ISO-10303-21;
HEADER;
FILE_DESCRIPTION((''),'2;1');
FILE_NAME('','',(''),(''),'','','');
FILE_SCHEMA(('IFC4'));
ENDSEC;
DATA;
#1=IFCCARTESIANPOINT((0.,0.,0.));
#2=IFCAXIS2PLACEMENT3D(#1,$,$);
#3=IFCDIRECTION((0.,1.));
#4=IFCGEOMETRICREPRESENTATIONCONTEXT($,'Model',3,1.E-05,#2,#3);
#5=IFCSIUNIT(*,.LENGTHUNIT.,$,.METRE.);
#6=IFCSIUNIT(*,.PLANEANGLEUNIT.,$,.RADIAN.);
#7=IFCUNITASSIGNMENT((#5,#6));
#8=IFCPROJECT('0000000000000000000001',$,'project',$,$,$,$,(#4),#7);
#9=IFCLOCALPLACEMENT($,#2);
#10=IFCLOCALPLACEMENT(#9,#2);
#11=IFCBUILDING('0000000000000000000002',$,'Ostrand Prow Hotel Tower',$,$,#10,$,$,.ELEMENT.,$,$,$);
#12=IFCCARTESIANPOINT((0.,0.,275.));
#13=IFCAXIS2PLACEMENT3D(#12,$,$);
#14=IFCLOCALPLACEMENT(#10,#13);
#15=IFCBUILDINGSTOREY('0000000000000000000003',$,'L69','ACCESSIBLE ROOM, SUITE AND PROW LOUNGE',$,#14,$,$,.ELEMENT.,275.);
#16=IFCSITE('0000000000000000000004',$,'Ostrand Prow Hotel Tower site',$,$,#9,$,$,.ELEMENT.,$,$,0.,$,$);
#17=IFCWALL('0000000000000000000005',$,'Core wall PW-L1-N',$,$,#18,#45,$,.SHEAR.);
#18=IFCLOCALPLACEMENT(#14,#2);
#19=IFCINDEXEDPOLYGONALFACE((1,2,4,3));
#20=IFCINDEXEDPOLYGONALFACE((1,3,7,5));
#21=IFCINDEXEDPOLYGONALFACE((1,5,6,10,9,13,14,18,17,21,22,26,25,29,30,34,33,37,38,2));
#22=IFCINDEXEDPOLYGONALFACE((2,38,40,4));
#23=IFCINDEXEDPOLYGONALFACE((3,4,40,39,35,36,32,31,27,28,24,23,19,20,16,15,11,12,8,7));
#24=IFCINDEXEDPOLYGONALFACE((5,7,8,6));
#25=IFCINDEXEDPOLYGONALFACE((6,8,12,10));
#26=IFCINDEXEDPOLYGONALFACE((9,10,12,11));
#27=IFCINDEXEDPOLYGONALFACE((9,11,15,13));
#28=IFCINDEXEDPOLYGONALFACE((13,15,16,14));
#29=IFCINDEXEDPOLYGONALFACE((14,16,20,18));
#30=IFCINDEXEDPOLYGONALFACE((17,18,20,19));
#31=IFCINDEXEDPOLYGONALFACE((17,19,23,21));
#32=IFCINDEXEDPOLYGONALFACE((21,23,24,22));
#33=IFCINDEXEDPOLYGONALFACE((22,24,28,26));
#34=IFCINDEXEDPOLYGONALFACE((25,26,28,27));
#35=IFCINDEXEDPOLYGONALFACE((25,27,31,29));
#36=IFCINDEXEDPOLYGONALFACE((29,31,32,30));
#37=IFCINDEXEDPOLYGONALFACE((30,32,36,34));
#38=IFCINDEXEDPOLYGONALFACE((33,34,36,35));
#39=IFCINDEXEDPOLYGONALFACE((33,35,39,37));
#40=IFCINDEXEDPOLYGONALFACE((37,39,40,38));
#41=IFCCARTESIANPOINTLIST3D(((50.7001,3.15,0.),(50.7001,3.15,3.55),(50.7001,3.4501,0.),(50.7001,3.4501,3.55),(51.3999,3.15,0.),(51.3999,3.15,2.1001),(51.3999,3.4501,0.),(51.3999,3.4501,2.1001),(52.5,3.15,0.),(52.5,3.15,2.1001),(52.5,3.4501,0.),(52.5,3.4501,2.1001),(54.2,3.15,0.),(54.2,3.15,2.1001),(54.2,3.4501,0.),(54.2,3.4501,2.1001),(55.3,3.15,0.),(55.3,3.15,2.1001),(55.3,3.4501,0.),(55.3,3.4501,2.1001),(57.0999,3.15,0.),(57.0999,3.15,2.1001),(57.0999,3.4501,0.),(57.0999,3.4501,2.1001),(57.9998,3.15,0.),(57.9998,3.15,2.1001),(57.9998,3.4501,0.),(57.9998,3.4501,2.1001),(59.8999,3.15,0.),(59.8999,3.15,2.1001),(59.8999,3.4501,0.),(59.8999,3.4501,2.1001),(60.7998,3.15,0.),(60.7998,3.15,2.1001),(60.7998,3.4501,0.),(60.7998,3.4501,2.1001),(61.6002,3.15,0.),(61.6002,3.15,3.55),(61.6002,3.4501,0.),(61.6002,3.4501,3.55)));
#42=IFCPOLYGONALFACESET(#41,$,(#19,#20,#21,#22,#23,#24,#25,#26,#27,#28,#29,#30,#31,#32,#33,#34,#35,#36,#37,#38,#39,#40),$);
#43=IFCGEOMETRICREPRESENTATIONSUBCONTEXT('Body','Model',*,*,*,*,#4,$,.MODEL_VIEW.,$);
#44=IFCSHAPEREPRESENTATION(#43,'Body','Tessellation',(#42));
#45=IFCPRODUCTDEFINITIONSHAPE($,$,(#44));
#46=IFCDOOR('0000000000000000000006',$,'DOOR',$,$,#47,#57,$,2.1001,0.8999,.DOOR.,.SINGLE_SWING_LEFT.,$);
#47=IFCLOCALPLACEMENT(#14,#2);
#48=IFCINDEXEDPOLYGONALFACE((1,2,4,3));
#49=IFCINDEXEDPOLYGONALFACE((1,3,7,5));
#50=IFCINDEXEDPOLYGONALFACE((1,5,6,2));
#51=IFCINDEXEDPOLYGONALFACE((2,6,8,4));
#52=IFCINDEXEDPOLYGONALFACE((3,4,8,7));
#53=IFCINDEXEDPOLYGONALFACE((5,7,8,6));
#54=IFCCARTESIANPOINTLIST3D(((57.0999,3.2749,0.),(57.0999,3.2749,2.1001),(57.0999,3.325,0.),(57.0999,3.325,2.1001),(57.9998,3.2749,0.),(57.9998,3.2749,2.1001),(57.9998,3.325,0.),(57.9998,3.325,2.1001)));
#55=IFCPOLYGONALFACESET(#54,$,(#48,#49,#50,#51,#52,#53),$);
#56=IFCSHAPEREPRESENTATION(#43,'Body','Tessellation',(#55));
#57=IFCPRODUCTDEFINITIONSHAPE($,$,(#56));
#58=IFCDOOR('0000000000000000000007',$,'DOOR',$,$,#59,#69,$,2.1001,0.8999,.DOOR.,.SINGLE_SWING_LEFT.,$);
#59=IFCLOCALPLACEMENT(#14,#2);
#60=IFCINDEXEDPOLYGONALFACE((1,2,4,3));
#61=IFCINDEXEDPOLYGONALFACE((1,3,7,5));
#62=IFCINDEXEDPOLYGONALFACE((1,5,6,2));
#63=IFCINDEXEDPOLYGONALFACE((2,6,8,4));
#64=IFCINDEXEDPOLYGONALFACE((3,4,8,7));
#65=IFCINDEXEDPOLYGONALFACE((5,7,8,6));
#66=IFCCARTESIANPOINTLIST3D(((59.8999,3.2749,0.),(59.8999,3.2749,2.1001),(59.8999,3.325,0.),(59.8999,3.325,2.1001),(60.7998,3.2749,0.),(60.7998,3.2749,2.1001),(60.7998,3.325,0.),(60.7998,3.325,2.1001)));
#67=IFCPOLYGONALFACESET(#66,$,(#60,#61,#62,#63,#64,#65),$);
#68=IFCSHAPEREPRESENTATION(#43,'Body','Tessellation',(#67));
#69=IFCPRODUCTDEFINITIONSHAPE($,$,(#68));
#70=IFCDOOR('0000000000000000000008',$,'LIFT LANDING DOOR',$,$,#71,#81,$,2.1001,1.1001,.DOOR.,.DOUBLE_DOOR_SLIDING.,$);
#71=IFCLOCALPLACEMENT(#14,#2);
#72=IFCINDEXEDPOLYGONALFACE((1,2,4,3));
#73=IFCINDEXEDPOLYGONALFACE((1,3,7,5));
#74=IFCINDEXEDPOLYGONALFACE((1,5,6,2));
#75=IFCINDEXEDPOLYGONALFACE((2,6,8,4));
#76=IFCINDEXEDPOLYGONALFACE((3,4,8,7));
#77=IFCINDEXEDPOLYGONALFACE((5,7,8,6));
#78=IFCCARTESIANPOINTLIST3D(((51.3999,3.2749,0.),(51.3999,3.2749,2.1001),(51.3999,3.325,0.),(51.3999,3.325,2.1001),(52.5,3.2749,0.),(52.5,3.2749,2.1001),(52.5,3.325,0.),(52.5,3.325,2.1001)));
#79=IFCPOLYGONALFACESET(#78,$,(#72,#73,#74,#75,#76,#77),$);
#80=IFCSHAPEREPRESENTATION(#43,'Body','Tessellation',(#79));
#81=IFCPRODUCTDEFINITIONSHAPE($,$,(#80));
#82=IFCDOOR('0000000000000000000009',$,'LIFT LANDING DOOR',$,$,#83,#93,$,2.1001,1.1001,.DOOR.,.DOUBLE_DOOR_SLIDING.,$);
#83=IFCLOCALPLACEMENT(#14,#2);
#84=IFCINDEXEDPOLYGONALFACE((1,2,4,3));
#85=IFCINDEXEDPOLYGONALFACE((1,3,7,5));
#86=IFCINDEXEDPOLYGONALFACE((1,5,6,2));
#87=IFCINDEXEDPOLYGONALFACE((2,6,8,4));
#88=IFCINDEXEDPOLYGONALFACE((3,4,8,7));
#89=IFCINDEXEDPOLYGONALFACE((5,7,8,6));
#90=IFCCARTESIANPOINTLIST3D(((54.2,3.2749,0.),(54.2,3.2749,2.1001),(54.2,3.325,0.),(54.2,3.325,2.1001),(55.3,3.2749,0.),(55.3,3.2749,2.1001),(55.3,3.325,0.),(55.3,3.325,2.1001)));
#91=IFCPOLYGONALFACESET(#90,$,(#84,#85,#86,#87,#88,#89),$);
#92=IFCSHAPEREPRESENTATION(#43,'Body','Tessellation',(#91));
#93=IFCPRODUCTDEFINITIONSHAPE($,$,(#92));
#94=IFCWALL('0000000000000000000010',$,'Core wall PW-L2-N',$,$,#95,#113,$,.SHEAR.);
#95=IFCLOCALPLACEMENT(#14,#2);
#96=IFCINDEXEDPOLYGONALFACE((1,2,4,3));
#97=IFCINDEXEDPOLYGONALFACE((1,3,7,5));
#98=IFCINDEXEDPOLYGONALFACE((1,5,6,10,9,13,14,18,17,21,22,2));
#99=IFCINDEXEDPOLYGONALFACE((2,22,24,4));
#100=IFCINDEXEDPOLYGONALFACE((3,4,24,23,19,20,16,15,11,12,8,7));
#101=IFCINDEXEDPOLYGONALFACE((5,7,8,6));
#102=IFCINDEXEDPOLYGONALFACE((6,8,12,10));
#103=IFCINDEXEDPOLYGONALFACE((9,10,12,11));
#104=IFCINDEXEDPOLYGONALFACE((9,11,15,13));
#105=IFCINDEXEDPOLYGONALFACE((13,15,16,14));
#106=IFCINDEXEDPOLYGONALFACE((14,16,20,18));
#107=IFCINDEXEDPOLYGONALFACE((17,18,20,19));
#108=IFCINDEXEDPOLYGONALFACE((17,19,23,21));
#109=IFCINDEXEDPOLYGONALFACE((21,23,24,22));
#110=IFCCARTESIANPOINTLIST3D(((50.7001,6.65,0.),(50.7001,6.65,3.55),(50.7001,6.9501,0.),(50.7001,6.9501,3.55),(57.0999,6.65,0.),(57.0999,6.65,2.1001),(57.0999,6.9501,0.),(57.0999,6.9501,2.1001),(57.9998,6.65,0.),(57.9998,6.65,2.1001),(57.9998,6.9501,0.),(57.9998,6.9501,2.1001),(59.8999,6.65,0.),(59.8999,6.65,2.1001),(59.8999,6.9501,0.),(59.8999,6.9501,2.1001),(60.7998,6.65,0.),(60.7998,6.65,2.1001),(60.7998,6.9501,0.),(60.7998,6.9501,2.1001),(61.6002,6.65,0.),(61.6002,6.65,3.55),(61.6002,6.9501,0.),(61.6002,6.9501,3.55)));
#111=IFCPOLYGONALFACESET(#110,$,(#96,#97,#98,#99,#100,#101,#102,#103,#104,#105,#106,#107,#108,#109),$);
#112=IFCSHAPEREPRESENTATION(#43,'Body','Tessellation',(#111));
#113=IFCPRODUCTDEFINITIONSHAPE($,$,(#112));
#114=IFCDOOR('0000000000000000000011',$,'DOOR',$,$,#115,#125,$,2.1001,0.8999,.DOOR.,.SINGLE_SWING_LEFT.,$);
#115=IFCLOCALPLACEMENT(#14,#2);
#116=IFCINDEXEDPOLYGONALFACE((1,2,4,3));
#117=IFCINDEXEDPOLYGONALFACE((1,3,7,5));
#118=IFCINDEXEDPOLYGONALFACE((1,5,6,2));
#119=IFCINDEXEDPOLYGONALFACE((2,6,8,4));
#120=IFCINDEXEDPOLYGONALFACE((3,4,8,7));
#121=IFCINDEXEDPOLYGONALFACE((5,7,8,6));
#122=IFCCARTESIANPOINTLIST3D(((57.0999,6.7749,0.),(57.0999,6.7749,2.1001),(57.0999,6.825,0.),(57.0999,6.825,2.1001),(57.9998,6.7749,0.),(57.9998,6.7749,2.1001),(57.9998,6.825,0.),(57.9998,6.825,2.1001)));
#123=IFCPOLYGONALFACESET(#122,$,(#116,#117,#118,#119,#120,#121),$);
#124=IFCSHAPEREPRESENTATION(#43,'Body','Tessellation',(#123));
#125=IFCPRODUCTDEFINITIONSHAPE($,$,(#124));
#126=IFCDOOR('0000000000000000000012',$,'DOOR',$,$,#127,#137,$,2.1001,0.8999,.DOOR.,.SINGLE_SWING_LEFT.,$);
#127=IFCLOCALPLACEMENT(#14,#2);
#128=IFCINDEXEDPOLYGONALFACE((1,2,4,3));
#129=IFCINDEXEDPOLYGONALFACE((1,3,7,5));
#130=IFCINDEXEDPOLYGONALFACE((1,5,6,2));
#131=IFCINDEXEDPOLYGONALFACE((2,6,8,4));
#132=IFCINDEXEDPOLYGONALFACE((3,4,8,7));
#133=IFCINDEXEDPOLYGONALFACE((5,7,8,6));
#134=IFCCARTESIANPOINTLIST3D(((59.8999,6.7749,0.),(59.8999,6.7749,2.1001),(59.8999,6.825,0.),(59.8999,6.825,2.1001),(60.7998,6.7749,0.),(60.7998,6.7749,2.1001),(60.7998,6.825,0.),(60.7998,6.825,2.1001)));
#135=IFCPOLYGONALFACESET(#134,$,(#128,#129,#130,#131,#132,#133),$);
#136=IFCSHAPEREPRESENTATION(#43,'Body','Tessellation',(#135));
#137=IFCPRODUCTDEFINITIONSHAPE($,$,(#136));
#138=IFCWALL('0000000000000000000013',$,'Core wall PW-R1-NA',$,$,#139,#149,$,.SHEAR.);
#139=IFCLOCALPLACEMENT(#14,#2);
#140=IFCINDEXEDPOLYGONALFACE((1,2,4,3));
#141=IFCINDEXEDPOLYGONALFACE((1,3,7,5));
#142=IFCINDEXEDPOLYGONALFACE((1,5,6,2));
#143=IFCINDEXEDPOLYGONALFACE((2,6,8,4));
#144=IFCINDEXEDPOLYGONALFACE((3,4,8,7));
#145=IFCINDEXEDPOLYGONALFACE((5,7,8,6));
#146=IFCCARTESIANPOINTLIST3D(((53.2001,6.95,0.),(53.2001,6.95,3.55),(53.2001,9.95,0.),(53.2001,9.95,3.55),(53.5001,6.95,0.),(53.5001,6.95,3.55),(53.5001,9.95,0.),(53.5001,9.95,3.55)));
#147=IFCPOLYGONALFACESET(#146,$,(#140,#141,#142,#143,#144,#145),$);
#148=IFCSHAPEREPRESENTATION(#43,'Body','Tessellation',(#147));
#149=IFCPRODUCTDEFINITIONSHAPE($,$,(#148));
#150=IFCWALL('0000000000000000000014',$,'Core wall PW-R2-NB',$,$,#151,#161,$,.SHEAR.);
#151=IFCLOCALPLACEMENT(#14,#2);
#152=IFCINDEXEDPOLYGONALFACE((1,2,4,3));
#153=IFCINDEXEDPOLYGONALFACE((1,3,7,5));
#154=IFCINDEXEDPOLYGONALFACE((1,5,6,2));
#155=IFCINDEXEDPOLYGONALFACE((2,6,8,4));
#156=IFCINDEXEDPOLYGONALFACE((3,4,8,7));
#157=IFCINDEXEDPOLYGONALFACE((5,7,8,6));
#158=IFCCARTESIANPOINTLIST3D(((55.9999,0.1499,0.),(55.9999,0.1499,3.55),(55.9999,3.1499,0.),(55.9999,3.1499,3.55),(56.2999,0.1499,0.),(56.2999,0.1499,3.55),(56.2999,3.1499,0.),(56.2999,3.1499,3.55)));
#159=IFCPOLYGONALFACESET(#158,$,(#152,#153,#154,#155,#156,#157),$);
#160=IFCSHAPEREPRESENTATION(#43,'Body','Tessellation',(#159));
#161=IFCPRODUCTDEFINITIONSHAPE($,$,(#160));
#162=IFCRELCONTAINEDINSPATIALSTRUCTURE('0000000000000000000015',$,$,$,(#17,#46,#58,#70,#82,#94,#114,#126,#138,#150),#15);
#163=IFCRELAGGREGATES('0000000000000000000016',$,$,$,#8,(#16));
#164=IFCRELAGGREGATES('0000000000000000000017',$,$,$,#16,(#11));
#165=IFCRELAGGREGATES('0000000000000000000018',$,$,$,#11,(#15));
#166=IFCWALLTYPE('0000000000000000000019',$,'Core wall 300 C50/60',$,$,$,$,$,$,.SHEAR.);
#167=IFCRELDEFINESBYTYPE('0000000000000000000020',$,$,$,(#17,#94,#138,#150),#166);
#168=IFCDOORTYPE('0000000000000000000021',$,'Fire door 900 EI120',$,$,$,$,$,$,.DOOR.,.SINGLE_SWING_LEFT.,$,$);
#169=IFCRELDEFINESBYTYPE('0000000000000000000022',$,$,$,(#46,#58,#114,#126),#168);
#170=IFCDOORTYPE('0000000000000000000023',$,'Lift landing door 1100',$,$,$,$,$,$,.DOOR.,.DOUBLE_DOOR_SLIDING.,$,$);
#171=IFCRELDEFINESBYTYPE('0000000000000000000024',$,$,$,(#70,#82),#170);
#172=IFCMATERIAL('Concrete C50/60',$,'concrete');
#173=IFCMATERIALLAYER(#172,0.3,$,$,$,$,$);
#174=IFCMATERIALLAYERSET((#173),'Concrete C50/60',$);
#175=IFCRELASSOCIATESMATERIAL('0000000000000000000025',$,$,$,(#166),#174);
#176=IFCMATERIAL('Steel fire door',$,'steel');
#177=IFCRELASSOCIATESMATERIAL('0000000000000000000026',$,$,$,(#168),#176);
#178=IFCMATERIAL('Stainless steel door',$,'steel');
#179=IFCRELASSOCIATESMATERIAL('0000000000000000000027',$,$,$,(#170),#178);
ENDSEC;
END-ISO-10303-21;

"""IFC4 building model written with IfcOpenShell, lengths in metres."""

from ifc_helpers import new_model, si_unit, direction, frame, frame_2d, origin, place, context, subcontext, project, spatial, rectangle, extrude, material, layer, layer_set, type_object, element, fill, save


model = new_model("IFC4")

# Units and contexts
model_context = context("Model", 3, precision=1e-05, world=origin(), true_north=direction((0.0, 1.0)))
body_context = subcontext(model_context, "Body", "Model", "MODEL_VIEW")
ifc_project = project(units=[si_unit("LENGTHUNIT", "METRE"), si_unit("PLANEANGLEUNIT", "RADIAN")], contexts=[model_context])

# Site, building, storey
site_placement = place(None, origin())
site = spatial("IfcSite", under=ifc_project, at=site_placement, Name="Ostrand Prow Hotel Tower site", CompositionType="ELEMENT", RefElevation=0.0)
building_placement = place(site_placement, origin())
building = spatial("IfcBuilding", under=site, at=building_placement, Name="Ostrand Prow Hotel Tower", CompositionType="ELEMENT")
storey_placement = place(building_placement, frame((0.0, 0.0, 275.0)))
storey = spatial("IfcBuildingStorey", under=building, at=storey_placement, Name="L69", Description="ACCESSIBLE ROOM, SUITE AND PROW LOUNGE", CompositionType="ELEMENT", Elevation=275.0)

# Walls, openings, doors
ifc_material_1 = material(Name="Concrete C50/60", Category="concrete")
ifc_layer_1 = layer(ifc_material_1, 0.3)
ifc_layer_set_1 = layer_set([ifc_layer_1], Name="Concrete C50/60")
wall_type_1 = type_object("IfcWallType", Name="Core wall 300 C50/60", PredefinedType="SHEAR", material=ifc_layer_set_1)
wall_1_placement = place(storey_placement, frame((50.7, 3.3, 0.0), z_axis=(0.0, 0.0, 1.0), x_axis=(1.0, 0.0, 0.0)))
wall_1 = element("IfcWall", 1, at=wall_1_placement, inside=storey, type_object=wall_type_1, Name="Core wall PW-L1-N", PredefinedType="SHEAR", context=body_context, shape_type="SweptSolid", body=[
    extrude(rectangle(XDim=10.9001, YDim=0.3, at=frame_2d((5.4502, 0.0))), origin(), (0.0, 0.0, 1.0), 3.55),
])
opening_1_placement = place(wall_1_placement, frame((0.7, 0.0, 0.0)))
opening_1 = element("IfcOpeningElement", 2, at=opening_1_placement, cuts=wall_1, PredefinedType="OPENING", context=body_context, shape_type="SweptSolid", body=[
    extrude(rectangle(XDim=1.1001, YDim=2.1001, at=frame_2d((0.55, 1.05))), frame((0.0, 0.1599, 0.0), z_axis=(0.0, -1.0, 0.0), x_axis=(1.0, 0.0, 0.0)), (0.0, 0.0, 1.0), 0.3201),
])
opening_2_placement = place(wall_1_placement, frame((3.5, 0.0, 0.0)))
opening_2 = element("IfcOpeningElement", 3, at=opening_2_placement, cuts=wall_1, PredefinedType="OPENING", context=body_context, shape_type="SweptSolid", body=[
    extrude(rectangle(XDim=1.1001, YDim=2.1001, at=frame_2d((0.55, 1.05))), frame((0.0, 0.1599, 0.0), z_axis=(0.0, -1.0, 0.0), x_axis=(1.0, 0.0, 0.0)), (0.0, 0.0, 1.0), 0.3201),
])
opening_3_placement = place(wall_1_placement, frame((6.3999, 0.0, 0.0)))
opening_3 = element("IfcOpeningElement", 4, at=opening_3_placement, cuts=wall_1, PredefinedType="OPENING", context=body_context, shape_type="SweptSolid", body=[
    extrude(rectangle(XDim=0.8999, YDim=2.1001, at=frame_2d((0.45, 1.05))), frame((0.0, 0.1599, 0.0), z_axis=(0.0, -1.0, 0.0), x_axis=(1.0, 0.0, 0.0)), (0.0, 0.0, 1.0), 0.3201),
])
opening_4_placement = place(wall_1_placement, frame((9.2, 0.0, 0.0)))
opening_4 = element("IfcOpeningElement", 5, at=opening_4_placement, cuts=wall_1, PredefinedType="OPENING", context=body_context, shape_type="SweptSolid", body=[
    extrude(rectangle(XDim=0.8999, YDim=2.1001, at=frame_2d((0.45, 1.05))), frame((0.0, 0.1599, 0.0), z_axis=(0.0, -1.0, 0.0), x_axis=(1.0, 0.0, 0.0)), (0.0, 0.0, 1.0), 0.3201),
])
ifc_material_2 = material(Name="Steel fire door", Category="steel")
door_type_1 = type_object("IfcDoorType", Name="Fire door 900 EI120", OperationType="SINGLE_SWING_LEFT", PredefinedType="DOOR", material=ifc_material_2)
door_1_placement = place(opening_3_placement, origin())
door_1 = element("IfcDoor", 6, at=door_1_placement, inside=storey, type_object=door_type_1, Name="DOOR", OperationType="SINGLE_SWING_LEFT", OverallHeight=2.1001, OverallWidth=0.8999, PredefinedType="DOOR", context=body_context, shape_type="SweptSolid", body=[
    extrude(rectangle(XDim=0.8999, YDim=2.1001, at=frame_2d((0.45, 1.05))), frame((0.0, 0.0249, 0.0), z_axis=(0.0, -1.0, 0.0), x_axis=(1.0, 0.0, 0.0)), (0.0, 0.0, 1.0), 0.05),
])
fill(opening_3, door_1)
door_2_placement = place(opening_4_placement, origin())
door_2 = element("IfcDoor", 7, at=door_2_placement, inside=storey, type_object=door_type_1, Name="DOOR", OperationType="SINGLE_SWING_LEFT", OverallHeight=2.1001, OverallWidth=0.8999, PredefinedType="DOOR", context=body_context, shape_type="SweptSolid", body=[
    extrude(rectangle(XDim=0.8999, YDim=2.1001, at=frame_2d((0.45, 1.05))), frame((0.0, 0.0249, 0.0), z_axis=(0.0, -1.0, 0.0), x_axis=(1.0, 0.0, 0.0)), (0.0, 0.0, 1.0), 0.05),
])
fill(opening_4, door_2)
ifc_material_3 = material(Name="Stainless steel door", Category="steel")
door_type_2 = type_object("IfcDoorType", Name="Lift landing door 1100", OperationType="DOUBLE_DOOR_SLIDING", PredefinedType="DOOR", material=ifc_material_3)
door_3_placement = place(opening_1_placement, origin())
door_3 = element("IfcDoor", 8, at=door_3_placement, inside=storey, type_object=door_type_2, Name="LIFT LANDING DOOR", OperationType="DOUBLE_DOOR_SLIDING", OverallHeight=2.1001, OverallWidth=1.1001, PredefinedType="DOOR", context=body_context, shape_type="SweptSolid", body=[
    extrude(rectangle(XDim=1.1001, YDim=2.1001, at=frame_2d((0.55, 1.05))), frame((0.0, 0.0249, 0.0), z_axis=(0.0, -1.0, 0.0), x_axis=(1.0, 0.0, 0.0)), (0.0, 0.0, 1.0), 0.05),
])
fill(opening_1, door_3)
door_4_placement = place(opening_2_placement, origin())
door_4 = element("IfcDoor", 9, at=door_4_placement, inside=storey, type_object=door_type_2, Name="LIFT LANDING DOOR", OperationType="DOUBLE_DOOR_SLIDING", OverallHeight=2.1001, OverallWidth=1.1001, PredefinedType="DOOR", context=body_context, shape_type="SweptSolid", body=[
    extrude(rectangle(XDim=1.1001, YDim=2.1001, at=frame_2d((0.55, 1.05))), frame((0.0, 0.0249, 0.0), z_axis=(0.0, -1.0, 0.0), x_axis=(1.0, 0.0, 0.0)), (0.0, 0.0, 1.0), 0.05),
])
fill(opening_2, door_4)
wall_2_placement = place(storey_placement, frame((50.7, 6.8, 0.0), z_axis=(0.0, 0.0, 1.0), x_axis=(1.0, 0.0, 0.0)))
wall_2 = element("IfcWall", 10, at=wall_2_placement, inside=storey, type_object=wall_type_1, Name="Core wall PW-L2-N", PredefinedType="SHEAR", context=body_context, shape_type="SweptSolid", body=[
    extrude(rectangle(XDim=10.9001, YDim=0.3, at=frame_2d((5.4502, 0.0))), origin(), (0.0, 0.0, 1.0), 3.55),
])
opening_5_placement = place(wall_2_placement, frame((6.3999, 0.0, 0.0)))
opening_5 = element("IfcOpeningElement", 11, at=opening_5_placement, cuts=wall_2, PredefinedType="OPENING", context=body_context, shape_type="SweptSolid", body=[
    extrude(rectangle(XDim=0.8999, YDim=2.1001, at=frame_2d((0.45, 1.05))), frame((0.0, 0.1599, 0.0), z_axis=(0.0, -1.0, 0.0), x_axis=(1.0, 0.0, 0.0)), (0.0, 0.0, 1.0), 0.3201),
])
opening_6_placement = place(wall_2_placement, frame((9.2, 0.0, 0.0)))
opening_6 = element("IfcOpeningElement", 12, at=opening_6_placement, cuts=wall_2, PredefinedType="OPENING", context=body_context, shape_type="SweptSolid", body=[
    extrude(rectangle(XDim=0.8999, YDim=2.1001, at=frame_2d((0.45, 1.05))), frame((0.0, 0.1599, 0.0), z_axis=(0.0, -1.0, 0.0), x_axis=(1.0, 0.0, 0.0)), (0.0, 0.0, 1.0), 0.3201),
])
door_5_placement = place(opening_5_placement, origin())
door_5 = element("IfcDoor", 13, at=door_5_placement, inside=storey, type_object=door_type_1, Name="DOOR", OperationType="SINGLE_SWING_LEFT", OverallHeight=2.1001, OverallWidth=0.8999, PredefinedType="DOOR", context=body_context, shape_type="SweptSolid", body=[
    extrude(rectangle(XDim=0.8999, YDim=2.1001, at=frame_2d((0.45, 1.05))), frame((0.0, 0.0249, 0.0), z_axis=(0.0, -1.0, 0.0), x_axis=(1.0, 0.0, 0.0)), (0.0, 0.0, 1.0), 0.05),
])
fill(opening_5, door_5)
door_6_placement = place(opening_6_placement, origin())
door_6 = element("IfcDoor", 14, at=door_6_placement, inside=storey, type_object=door_type_1, Name="DOOR", OperationType="SINGLE_SWING_LEFT", OverallHeight=2.1001, OverallWidth=0.8999, PredefinedType="DOOR", context=body_context, shape_type="SweptSolid", body=[
    extrude(rectangle(XDim=0.8999, YDim=2.1001, at=frame_2d((0.45, 1.05))), frame((0.0, 0.0249, 0.0), z_axis=(0.0, -1.0, 0.0), x_axis=(1.0, 0.0, 0.0)), (0.0, 0.0, 1.0), 0.05),
])
fill(opening_6, door_6)

# Walls
for number, where, z_axis, x_axis, name in (
    (15, (53.3501, 6.95, 0.0), (0.0, 0.0, 1.0), (0.0, 1.0, 0.0), "Core wall PW-R1-NA"),
    (16, (56.1499, 0.1499, 0.0), (0.0, 0.0, 1.0), (0.0, 1.0, 0.0), "Core wall PW-R2-NB"),
):
    element("IfcWall", number, at=place(storey_placement, frame(where, z_axis=z_axis, x_axis=x_axis)), inside=storey, type_object=wall_type_1, Name=name, PredefinedType="SHEAR", context=body_context, shape_type="SweptSolid", body=[
        extrude(rectangle(XDim=3.0, YDim=0.3, at=frame_2d((1.5, 0.0))), origin(), (0.0, 0.0, 1.0), 3.55),
    ])

save(model, "model.ifc")
